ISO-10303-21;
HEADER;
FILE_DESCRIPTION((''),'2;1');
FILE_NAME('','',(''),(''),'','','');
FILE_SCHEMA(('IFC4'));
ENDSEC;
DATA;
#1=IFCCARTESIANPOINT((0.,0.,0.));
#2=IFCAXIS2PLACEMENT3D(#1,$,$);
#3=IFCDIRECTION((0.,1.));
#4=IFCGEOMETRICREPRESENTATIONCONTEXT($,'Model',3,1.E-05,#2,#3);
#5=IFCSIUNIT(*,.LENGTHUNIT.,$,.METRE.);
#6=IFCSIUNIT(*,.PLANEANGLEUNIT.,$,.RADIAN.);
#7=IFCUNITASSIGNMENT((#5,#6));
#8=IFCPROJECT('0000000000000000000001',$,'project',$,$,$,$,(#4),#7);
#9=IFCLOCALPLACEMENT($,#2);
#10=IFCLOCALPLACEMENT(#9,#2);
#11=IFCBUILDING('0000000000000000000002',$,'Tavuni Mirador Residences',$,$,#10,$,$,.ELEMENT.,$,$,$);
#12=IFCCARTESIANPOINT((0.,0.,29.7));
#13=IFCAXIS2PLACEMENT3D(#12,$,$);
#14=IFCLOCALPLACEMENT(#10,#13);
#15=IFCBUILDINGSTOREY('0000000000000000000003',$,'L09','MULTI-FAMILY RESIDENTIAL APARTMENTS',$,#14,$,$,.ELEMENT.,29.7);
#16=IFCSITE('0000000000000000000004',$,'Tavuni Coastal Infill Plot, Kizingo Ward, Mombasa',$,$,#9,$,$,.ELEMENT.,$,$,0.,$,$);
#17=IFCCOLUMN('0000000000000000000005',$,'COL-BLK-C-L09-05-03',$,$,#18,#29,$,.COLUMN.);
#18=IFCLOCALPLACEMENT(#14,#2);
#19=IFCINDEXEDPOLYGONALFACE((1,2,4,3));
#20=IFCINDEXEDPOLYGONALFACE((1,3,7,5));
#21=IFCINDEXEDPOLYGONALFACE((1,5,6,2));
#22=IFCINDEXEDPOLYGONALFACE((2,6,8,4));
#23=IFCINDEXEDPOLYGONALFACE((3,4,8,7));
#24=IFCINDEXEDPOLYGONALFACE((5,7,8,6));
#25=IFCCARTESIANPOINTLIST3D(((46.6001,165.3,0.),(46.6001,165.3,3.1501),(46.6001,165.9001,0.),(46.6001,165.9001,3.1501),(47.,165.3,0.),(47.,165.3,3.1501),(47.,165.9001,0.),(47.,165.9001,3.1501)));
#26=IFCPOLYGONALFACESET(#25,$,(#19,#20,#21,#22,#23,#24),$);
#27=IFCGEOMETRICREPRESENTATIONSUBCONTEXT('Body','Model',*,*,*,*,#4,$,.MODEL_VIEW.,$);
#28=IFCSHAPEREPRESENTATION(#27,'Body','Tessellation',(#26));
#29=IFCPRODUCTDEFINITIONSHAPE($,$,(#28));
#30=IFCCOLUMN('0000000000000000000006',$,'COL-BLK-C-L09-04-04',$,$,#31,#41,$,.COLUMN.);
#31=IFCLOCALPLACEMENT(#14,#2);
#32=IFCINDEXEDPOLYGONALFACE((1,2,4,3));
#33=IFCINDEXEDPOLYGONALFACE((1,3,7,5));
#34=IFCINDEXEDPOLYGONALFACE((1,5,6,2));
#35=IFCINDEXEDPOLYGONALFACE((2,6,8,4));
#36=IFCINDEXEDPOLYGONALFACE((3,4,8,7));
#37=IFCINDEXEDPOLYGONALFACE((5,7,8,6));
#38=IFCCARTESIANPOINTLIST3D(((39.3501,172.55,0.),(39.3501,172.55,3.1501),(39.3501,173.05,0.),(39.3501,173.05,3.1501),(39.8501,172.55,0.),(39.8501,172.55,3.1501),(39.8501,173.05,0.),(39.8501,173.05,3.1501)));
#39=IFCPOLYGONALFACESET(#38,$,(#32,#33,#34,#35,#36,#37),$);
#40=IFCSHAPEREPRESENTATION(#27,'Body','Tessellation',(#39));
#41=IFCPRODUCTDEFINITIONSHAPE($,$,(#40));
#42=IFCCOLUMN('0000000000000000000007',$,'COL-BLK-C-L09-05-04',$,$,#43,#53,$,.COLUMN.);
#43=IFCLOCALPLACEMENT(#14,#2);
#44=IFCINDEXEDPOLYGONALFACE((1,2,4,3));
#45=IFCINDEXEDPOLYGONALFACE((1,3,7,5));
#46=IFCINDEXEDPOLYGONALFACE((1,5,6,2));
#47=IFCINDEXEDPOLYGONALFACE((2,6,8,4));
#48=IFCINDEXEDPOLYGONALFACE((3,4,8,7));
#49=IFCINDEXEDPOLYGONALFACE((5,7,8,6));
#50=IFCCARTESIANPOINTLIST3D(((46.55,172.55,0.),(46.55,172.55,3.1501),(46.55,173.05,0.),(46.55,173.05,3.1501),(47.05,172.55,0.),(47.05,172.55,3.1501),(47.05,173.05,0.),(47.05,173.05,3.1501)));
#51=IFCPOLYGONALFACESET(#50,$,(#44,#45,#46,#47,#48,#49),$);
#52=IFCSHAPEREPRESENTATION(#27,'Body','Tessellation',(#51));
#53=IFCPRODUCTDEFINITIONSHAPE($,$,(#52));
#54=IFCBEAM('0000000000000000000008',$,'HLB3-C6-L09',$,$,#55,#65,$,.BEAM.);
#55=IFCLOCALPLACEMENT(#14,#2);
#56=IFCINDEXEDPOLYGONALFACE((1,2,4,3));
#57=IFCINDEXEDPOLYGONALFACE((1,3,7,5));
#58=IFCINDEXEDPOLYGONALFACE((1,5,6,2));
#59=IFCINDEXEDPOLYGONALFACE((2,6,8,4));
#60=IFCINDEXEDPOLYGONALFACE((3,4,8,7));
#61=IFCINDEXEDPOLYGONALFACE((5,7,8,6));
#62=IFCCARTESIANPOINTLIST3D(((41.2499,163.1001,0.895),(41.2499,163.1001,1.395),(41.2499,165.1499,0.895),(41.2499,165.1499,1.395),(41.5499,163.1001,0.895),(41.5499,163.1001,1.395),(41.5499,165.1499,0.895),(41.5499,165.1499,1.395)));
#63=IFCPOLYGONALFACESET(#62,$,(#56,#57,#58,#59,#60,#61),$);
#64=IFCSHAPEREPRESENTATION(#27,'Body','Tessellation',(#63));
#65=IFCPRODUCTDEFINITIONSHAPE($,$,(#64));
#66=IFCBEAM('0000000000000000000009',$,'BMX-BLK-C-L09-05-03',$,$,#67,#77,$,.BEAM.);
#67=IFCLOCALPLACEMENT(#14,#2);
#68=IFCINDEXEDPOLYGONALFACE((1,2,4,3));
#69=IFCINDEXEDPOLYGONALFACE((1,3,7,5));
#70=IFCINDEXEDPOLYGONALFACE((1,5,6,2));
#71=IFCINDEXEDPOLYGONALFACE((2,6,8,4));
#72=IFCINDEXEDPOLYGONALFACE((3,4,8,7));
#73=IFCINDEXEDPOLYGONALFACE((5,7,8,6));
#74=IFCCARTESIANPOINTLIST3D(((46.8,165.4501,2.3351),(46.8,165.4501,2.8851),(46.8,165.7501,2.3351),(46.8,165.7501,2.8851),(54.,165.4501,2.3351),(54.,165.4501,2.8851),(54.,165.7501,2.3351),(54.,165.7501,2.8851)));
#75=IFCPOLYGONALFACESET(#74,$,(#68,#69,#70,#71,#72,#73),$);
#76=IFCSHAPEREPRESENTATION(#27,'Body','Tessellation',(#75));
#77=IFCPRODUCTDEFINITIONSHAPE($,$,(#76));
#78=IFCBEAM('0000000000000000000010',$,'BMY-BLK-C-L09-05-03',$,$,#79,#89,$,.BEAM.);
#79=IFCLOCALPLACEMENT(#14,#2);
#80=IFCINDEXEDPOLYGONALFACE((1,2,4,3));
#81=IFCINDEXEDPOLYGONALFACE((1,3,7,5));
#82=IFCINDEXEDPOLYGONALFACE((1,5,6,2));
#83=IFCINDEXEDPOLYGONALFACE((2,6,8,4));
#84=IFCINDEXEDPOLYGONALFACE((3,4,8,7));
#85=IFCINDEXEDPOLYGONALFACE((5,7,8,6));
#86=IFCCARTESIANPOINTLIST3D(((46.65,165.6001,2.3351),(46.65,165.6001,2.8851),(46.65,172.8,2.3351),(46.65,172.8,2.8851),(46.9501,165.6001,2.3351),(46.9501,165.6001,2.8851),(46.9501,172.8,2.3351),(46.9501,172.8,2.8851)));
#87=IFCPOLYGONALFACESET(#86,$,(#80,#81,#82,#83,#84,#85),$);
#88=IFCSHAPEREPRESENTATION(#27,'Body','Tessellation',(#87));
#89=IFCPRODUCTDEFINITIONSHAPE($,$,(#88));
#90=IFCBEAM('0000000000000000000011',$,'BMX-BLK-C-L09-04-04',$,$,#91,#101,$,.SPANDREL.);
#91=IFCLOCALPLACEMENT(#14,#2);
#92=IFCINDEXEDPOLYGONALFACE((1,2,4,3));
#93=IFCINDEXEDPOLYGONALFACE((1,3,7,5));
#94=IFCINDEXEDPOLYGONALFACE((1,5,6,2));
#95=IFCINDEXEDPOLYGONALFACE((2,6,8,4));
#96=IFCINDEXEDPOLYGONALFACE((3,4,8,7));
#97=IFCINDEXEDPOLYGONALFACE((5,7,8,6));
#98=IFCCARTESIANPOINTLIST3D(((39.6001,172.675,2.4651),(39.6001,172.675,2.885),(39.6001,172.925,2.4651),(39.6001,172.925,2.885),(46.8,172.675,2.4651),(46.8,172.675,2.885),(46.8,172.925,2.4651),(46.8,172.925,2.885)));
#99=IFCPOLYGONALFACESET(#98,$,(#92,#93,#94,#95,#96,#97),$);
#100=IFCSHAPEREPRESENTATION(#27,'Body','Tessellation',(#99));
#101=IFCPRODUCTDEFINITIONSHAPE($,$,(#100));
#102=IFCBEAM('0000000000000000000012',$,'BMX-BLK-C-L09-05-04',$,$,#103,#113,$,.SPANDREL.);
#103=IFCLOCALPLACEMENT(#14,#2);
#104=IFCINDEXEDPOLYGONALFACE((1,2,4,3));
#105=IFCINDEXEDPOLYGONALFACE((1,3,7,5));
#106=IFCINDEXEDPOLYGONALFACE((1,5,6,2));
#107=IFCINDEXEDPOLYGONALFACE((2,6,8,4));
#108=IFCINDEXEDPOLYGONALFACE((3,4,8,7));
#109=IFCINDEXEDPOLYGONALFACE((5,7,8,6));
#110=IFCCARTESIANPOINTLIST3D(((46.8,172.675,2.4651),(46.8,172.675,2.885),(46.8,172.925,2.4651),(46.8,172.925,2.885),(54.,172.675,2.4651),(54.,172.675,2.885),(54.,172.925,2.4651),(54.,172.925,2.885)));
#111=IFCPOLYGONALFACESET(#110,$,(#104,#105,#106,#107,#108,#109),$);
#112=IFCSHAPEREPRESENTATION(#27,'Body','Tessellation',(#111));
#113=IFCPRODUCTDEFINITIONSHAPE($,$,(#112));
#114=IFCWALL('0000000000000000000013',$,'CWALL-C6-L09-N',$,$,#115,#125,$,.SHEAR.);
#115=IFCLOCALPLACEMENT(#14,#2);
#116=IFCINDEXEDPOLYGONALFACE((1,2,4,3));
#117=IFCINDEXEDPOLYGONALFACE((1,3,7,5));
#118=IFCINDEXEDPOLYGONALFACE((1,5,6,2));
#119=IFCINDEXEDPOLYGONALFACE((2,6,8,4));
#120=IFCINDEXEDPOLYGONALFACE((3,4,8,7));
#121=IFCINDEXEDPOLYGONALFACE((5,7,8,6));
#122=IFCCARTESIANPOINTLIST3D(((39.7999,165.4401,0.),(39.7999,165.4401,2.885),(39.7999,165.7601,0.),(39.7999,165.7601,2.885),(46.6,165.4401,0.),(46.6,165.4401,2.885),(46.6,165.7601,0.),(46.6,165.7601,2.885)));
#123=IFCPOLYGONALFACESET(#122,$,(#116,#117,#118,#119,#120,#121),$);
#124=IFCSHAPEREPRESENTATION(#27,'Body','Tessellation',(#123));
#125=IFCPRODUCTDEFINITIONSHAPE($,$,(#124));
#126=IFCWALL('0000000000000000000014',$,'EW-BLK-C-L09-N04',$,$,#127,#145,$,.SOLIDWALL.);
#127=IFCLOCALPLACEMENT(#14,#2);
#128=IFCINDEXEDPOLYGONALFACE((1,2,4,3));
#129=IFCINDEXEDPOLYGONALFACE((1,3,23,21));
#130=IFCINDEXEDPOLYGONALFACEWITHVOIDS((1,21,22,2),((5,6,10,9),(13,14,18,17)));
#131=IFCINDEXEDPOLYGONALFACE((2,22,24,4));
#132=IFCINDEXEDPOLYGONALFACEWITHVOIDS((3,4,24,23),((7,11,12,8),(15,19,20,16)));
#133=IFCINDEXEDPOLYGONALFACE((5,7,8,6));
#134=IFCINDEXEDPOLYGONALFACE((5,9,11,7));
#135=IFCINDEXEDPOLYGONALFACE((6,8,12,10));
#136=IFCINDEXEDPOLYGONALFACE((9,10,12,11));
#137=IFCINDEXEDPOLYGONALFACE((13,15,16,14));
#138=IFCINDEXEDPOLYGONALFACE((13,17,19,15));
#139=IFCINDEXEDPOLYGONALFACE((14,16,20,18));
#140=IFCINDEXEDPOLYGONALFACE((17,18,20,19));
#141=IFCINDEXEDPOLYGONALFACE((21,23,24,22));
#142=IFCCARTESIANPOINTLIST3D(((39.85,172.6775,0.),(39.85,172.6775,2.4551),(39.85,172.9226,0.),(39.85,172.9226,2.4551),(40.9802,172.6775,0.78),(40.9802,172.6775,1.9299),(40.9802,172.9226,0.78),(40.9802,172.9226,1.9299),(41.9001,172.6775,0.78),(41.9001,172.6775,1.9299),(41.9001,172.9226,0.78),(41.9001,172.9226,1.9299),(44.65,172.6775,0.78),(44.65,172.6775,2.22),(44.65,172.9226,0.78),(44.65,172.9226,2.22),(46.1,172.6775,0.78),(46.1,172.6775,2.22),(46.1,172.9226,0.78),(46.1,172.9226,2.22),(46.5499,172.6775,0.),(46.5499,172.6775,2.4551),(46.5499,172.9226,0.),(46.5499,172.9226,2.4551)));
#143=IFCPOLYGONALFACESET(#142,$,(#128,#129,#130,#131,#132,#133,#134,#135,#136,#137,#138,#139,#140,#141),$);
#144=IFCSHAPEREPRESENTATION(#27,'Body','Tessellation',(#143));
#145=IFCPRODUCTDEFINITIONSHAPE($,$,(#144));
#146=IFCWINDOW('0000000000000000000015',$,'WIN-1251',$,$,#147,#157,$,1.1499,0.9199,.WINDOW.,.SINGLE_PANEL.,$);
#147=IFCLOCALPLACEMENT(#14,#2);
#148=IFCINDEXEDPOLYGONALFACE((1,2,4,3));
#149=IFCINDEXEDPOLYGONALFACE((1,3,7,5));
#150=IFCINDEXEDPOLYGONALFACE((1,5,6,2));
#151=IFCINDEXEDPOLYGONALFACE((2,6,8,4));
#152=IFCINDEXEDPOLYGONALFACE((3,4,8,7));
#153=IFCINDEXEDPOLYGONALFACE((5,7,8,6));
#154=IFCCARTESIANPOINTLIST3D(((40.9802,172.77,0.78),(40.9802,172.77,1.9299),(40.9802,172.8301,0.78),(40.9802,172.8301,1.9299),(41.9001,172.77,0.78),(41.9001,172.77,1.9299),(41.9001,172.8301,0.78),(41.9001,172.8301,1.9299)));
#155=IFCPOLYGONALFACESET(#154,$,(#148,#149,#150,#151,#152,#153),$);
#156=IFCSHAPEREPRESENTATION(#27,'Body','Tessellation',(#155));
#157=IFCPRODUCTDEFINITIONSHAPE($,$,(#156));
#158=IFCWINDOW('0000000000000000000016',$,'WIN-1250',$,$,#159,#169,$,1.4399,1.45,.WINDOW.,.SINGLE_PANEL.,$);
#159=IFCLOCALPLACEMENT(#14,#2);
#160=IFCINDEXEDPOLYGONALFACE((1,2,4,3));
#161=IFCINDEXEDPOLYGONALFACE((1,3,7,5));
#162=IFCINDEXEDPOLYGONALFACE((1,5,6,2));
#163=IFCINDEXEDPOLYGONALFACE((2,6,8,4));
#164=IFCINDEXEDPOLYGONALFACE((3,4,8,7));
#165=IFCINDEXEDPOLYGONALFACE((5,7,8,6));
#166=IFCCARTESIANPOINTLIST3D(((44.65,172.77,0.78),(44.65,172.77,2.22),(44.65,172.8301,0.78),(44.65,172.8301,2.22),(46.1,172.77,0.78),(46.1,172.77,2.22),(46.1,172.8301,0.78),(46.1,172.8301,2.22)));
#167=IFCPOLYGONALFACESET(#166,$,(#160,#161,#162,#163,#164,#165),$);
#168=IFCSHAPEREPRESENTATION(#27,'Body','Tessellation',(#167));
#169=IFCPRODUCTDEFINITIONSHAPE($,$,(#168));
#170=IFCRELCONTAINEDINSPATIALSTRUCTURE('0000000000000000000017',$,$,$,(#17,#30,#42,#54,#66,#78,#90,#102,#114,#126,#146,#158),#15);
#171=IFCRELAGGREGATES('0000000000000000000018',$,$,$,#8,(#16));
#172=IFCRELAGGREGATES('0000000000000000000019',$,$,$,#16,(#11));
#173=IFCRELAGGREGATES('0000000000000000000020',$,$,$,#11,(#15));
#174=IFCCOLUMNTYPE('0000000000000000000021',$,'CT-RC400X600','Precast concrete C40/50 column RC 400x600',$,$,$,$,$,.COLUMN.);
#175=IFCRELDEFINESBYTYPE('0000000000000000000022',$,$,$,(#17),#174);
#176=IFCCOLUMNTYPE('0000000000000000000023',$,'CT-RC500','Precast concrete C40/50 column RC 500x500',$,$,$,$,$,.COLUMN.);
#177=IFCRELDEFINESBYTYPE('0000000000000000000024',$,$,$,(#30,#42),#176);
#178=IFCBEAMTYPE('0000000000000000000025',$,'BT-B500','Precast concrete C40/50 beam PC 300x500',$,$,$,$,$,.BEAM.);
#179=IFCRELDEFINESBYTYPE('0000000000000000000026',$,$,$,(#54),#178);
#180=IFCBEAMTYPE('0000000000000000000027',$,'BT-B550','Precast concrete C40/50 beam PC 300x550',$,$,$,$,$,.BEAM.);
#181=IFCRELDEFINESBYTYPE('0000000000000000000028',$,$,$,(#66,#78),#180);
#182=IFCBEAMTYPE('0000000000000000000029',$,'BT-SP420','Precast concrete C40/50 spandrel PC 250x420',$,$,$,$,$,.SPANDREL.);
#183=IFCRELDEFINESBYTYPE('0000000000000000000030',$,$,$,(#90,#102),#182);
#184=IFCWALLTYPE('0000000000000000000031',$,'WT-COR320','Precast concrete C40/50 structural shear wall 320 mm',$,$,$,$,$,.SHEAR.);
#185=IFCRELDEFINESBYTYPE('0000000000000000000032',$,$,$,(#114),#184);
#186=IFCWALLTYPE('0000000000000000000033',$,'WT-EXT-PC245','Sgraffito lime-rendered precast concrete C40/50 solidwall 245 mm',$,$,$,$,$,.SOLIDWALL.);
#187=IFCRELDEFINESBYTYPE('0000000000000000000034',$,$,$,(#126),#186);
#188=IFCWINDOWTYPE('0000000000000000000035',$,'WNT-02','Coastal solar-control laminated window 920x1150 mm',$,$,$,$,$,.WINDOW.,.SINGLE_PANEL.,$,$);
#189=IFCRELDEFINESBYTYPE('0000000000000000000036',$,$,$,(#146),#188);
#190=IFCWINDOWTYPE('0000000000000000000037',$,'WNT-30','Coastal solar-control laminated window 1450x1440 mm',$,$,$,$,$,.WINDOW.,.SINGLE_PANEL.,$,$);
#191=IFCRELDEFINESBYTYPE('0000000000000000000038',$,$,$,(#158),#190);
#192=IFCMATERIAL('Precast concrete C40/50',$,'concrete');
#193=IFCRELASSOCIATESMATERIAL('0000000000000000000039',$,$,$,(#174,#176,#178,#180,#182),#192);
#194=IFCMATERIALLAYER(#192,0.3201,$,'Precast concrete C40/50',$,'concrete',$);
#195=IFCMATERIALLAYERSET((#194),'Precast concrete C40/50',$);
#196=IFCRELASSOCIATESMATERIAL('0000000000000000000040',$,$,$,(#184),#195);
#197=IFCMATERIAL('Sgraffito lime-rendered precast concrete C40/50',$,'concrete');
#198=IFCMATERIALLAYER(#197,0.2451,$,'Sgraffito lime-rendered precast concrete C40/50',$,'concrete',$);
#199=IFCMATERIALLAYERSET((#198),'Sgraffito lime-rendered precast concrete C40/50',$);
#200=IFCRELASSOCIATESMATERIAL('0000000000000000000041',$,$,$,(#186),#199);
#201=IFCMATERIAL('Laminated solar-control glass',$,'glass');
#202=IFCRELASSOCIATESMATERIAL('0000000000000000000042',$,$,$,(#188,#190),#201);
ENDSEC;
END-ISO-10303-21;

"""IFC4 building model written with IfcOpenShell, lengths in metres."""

from ifc_helpers import new_model, si_unit, direction, frame, frame_2d, origin, origin_2d, place, context, subcontext, project, spatial, rectangle, extrude, material, layer, layer_set, material_profile, profile_set, type_object, element, fill, save


model = new_model("IFC4")

# Units and contexts
model_context = context("Model", 3, precision=1e-05, world=origin(), true_north=direction((0.0, 1.0)))
body_context = subcontext(model_context, "Body", "Model", "MODEL_VIEW")
ifc_project = project(units=[si_unit("LENGTHUNIT", "METRE"), si_unit("PLANEANGLEUNIT", "RADIAN")], contexts=[model_context])

# Site, building, storey
site_placement = place(None, origin())
site = spatial("IfcSite", under=ifc_project, at=site_placement, Name="Tavuni Coastal Infill Plot, Kizingo Ward, Mombasa", CompositionType="ELEMENT", RefElevation=0.0)
building_placement = place(site_placement, origin())
building = spatial("IfcBuilding", under=site, at=building_placement, Name="Tavuni Mirador Residences", CompositionType="ELEMENT")
storey_placement = place(building_placement, frame((0.0, 0.0, 29.7)))
storey = spatial("IfcBuildingStorey", under=building, at=storey_placement, Name="L09", Description="MULTI-FAMILY RESIDENTIAL APARTMENTS", CompositionType="ELEMENT", Elevation=29.7)

# Columns
ifc_material_1 = material(Name="Precast concrete C40/50", Category="concrete")
ifc_material_profile_1 = material_profile(ifc_material_1, rectangle(XDim=0.3999, YDim=0.6001, at=origin_2d()), Name="RC 400x600", Category="concrete")
ifc_profile_set_1 = profile_set([ifc_material_profile_1], Name="Precast concrete C40/50")
column_type_1 = type_object("IfcColumnType", Name="CT-RC400X600", Description="Precast concrete C40/50 column RC 400x600", PredefinedType="COLUMN", material=ifc_profile_set_1)
column_placement = place(storey_placement, frame((46.8, 165.6001, 0.0), z_axis=(0.0, 0.0, 1.0), x_axis=(1.0, 0.0, 0.0)))
element("IfcColumn", 1, at=column_placement, inside=storey, type_object=column_type_1, Name="COL-BLK-C-L09-05-03", PredefinedType="COLUMN", context=body_context, shape_type="SweptSolid", body=[
    extrude(rectangle(XDim=0.3999, YDim=0.6001, at=origin_2d()), origin(), (0.0, 0.0, 1.0), 3.1501),
])
ifc_material_profile_2 = material_profile(ifc_material_1, rectangle(XDim=0.5, YDim=0.5, at=origin_2d()), Name="RC 500x500", Category="concrete")
ifc_profile_set_2 = profile_set([ifc_material_profile_2], Name="Precast concrete C40/50")
column_type_2 = type_object("IfcColumnType", Name="CT-RC500", Description="Precast concrete C40/50 column RC 500x500", PredefinedType="COLUMN", material=ifc_profile_set_2)
for number, where, z_axis, x_axis, name in (
    (2, (39.6001, 172.8, 0.0), (0.0, 0.0, 1.0), (1.0, 0.0, 0.0), "COL-BLK-C-L09-04-04"),
    (3, (46.8, 172.8, 0.0), (0.0, 0.0, 1.0), (1.0, 0.0, 0.0), "COL-BLK-C-L09-05-04"),
):
    element("IfcColumn", number, at=place(storey_placement, frame(where, z_axis=z_axis, x_axis=x_axis)), inside=storey, type_object=column_type_2, Name=name, PredefinedType="COLUMN", context=body_context, shape_type="SweptSolid", body=[
        extrude(rectangle(XDim=0.5, YDim=0.5, at=origin_2d()), origin(), (0.0, 0.0, 1.0), 3.1501),
    ])

# Beams
ifc_material_profile_3 = material_profile(ifc_material_1, rectangle(XDim=0.3, YDim=0.5, at=origin_2d()), Name="PC 300x500", Category="concrete")
ifc_profile_set_3 = profile_set([ifc_material_profile_3], Name="Precast concrete C40/50")
beam_type_1 = type_object("IfcBeamType", Name="BT-B500", Description="Precast concrete C40/50 beam PC 300x500", PredefinedType="BEAM", material=ifc_profile_set_3)
beam_placement = place(storey_placement, frame((41.3999, 163.1001, 1.145), z_axis=(0.0, 1.0, 0.0), x_axis=(-1.0, 0.0, 0.0)))
element("IfcBeam", 4, at=beam_placement, inside=storey, type_object=beam_type_1, Name="HLB3-C6-L09", PredefinedType="BEAM", context=body_context, shape_type="SweptSolid", body=[
    extrude(rectangle(XDim=0.3, YDim=0.5, at=origin_2d()), origin(), (0.0, 0.0, 1.0), 2.0498),
])
ifc_material_profile_4 = material_profile(ifc_material_1, rectangle(XDim=0.3, YDim=0.55, at=origin_2d()), Name="PC 300x550", Category="concrete")
ifc_profile_set_4 = profile_set([ifc_material_profile_4], Name="Precast concrete C40/50")
beam_type_2 = type_object("IfcBeamType", Name="BT-B550", Description="Precast concrete C40/50 beam PC 300x550", PredefinedType="BEAM", material=ifc_profile_set_4)
for number, where, z_axis, x_axis, name in (
    (5, (46.8, 165.6001, 2.6101), (1.0, 0.0, 0.0), (0.0, 1.0, 0.0), "BMX-BLK-C-L09-05-03"),
    (6, (46.8, 165.6001, 2.6101), (0.0, 1.0, 0.0), (-1.0, 0.0, 0.0), "BMY-BLK-C-L09-05-03"),
):
    element("IfcBeam", number, at=place(storey_placement, frame(where, z_axis=z_axis, x_axis=x_axis)), inside=storey, type_object=beam_type_2, Name=name, PredefinedType="BEAM", context=body_context, shape_type="SweptSolid", body=[
        extrude(rectangle(XDim=0.3, YDim=0.55, at=origin_2d()), origin(), (0.0, 0.0, 1.0), 7.2),
    ])
ifc_material_profile_5 = material_profile(ifc_material_1, rectangle(XDim=0.25, YDim=0.4199, at=origin_2d()), Name="PC 250x420", Category="concrete")
ifc_profile_set_5 = profile_set([ifc_material_profile_5], Name="Precast concrete C40/50")
beam_type_3 = type_object("IfcBeamType", Name="BT-SP420", Description="Precast concrete C40/50 spandrel PC 250x420", PredefinedType="SPANDREL", material=ifc_profile_set_5)
for number, where, z_axis, x_axis, name in (
    (7, (39.6001, 172.8, 2.675), (1.0, 0.0, 0.0), (0.0, 1.0, 0.0), "BMX-BLK-C-L09-04-04"),
    (8, (46.8, 172.8, 2.675), (1.0, 0.0, 0.0), (0.0, 1.0, 0.0), "BMX-BLK-C-L09-05-04"),
):
    element("IfcBeam", number, at=place(storey_placement, frame(where, z_axis=z_axis, x_axis=x_axis)), inside=storey, type_object=beam_type_3, Name=name, PredefinedType="SPANDREL", context=body_context, shape_type="SweptSolid", body=[
        extrude(rectangle(XDim=0.25, YDim=0.4199, at=origin_2d()), origin(), (0.0, 0.0, 1.0), 7.2),
    ])

# Wall
ifc_layer_1 = layer(ifc_material_1, 0.3201, Name="Precast concrete C40/50", Category="concrete")
ifc_layer_set_1 = layer_set([ifc_layer_1], Name="Precast concrete C40/50")
wall_type_1 = type_object("IfcWallType", Name="WT-COR320", Description="Precast concrete C40/50 structural shear wall 320 mm", PredefinedType="SHEAR", material=ifc_layer_set_1)
wall_1_placement = place(storey_placement, frame((39.8, 165.6001, 0.0), z_axis=(0.0, 0.0, 1.0), x_axis=(1.0, 0.0, 0.0)))
element("IfcWall", 9, at=wall_1_placement, inside=storey, type_object=wall_type_1, Name="CWALL-C6-L09-N", PredefinedType="SHEAR", context=body_context, shape_type="SweptSolid", body=[
    extrude(rectangle(XDim=6.8, YDim=0.3201, at=frame_2d((3.3999, 0.0))), origin(), (0.0, 0.0, 1.0), 2.885),
])

# Wall, openings, windows
ifc_material_2 = material(Name="Sgraffito lime-rendered precast concrete C40/50", Category="concrete")
ifc_layer_2 = layer(ifc_material_2, 0.2451, Name="Sgraffito lime-rendered precast concrete C40/50", Category="concrete")
ifc_layer_set_2 = layer_set([ifc_layer_2], Name="Sgraffito lime-rendered precast concrete C40/50")
wall_type_2 = type_object("IfcWallType", Name="WT-EXT-PC245", Description="Sgraffito lime-rendered precast concrete C40/50 solidwall 245 mm", PredefinedType="SOLIDWALL", material=ifc_layer_set_2)
wall_2_placement = place(storey_placement, frame((46.55, 172.8, 0.0), z_axis=(0.0, 0.0, 1.0), x_axis=(-1.0, 0.0, 0.0)))
wall_2 = element("IfcWall", 10, at=wall_2_placement, inside=storey, type_object=wall_type_2, Name="EW-BLK-C-L09-N04", PredefinedType="SOLIDWALL", context=body_context, shape_type="SweptSolid", body=[
    extrude(rectangle(XDim=6.7, YDim=0.2451, at=frame_2d((3.3501, 0.0))), origin(), (0.0, 0.0, 1.0), 2.4551),
])
opening_1_placement = place(wall_2_placement, frame((0.45, 0.0, 0.78)))
opening_1 = element("IfcOpeningElement", 11, at=opening_1_placement, cuts=wall_2, PredefinedType="OPENING", context=body_context, shape_type="SweptSolid", body=[
    extrude(rectangle(XDim=1.45, YDim=1.4399, at=frame_2d((0.7251, 0.72))), frame((0.0, 0.1326, 0.0), z_axis=(0.0, -1.0, 0.0), x_axis=(1.0, 0.0, 0.0)), (0.0, 0.0, 1.0), 0.2651),
])
opening_2_placement = place(wall_2_placement, frame((4.6499, 0.0, 0.78)))
opening_2 = element("IfcOpeningElement", 12, at=opening_2_placement, cuts=wall_2, PredefinedType="OPENING", context=body_context, shape_type="SweptSolid", body=[
    extrude(rectangle(XDim=0.9199, YDim=1.1499, at=frame_2d((0.46, 0.575))), frame((0.0, 0.1326, 0.0), z_axis=(0.0, -1.0, 0.0), x_axis=(1.0, 0.0, 0.0)), (0.0, 0.0, 1.0), 0.2651),
])
ifc_material_3 = material(Name="Laminated solar-control glass", Category="glass")
window_type_1 = type_object("IfcWindowType", Name="WNT-02", Description="Coastal solar-control laminated window 920x1150 mm", PartitioningType="SINGLE_PANEL", PredefinedType="WINDOW", material=ifc_material_3)
window_1_placement = place(opening_2_placement, origin())
window_1 = element("IfcWindow", 13, at=window_1_placement, inside=storey, type_object=window_type_1, Name="WIN-1251", OverallHeight=1.1499, OverallWidth=0.9199, PartitioningType="SINGLE_PANEL", PredefinedType="WINDOW", context=body_context, shape_type="SweptSolid", body=[
    extrude(rectangle(XDim=0.9199, YDim=1.1499, at=frame_2d((0.46, 0.575))), frame((0.0, 0.03, 0.0), z_axis=(0.0, -1.0, 0.0), x_axis=(1.0, 0.0, 0.0)), (0.0, 0.0, 1.0), 0.0601),
])
fill(opening_2, window_1)
window_type_2 = type_object("IfcWindowType", Name="WNT-30", Description="Coastal solar-control laminated window 1450x1440 mm", PartitioningType="SINGLE_PANEL", PredefinedType="WINDOW", material=ifc_material_3)
window_2_placement = place(opening_1_placement, origin())
window_2 = element("IfcWindow", 14, at=window_2_placement, inside=storey, type_object=window_type_2, Name="WIN-1250", OverallHeight=1.4399, OverallWidth=1.45, PartitioningType="SINGLE_PANEL", PredefinedType="WINDOW", context=body_context, shape_type="SweptSolid", body=[
    extrude(rectangle(XDim=1.45, YDim=1.4399, at=frame_2d((0.7251, 0.72))), frame((0.0, 0.03, 0.0), z_axis=(0.0, -1.0, 0.0), x_axis=(1.0, 0.0, 0.0)), (0.0, 0.0, 1.0), 0.0601),
])
fill(opening_1, window_2)

save(model, "model.ifc")
